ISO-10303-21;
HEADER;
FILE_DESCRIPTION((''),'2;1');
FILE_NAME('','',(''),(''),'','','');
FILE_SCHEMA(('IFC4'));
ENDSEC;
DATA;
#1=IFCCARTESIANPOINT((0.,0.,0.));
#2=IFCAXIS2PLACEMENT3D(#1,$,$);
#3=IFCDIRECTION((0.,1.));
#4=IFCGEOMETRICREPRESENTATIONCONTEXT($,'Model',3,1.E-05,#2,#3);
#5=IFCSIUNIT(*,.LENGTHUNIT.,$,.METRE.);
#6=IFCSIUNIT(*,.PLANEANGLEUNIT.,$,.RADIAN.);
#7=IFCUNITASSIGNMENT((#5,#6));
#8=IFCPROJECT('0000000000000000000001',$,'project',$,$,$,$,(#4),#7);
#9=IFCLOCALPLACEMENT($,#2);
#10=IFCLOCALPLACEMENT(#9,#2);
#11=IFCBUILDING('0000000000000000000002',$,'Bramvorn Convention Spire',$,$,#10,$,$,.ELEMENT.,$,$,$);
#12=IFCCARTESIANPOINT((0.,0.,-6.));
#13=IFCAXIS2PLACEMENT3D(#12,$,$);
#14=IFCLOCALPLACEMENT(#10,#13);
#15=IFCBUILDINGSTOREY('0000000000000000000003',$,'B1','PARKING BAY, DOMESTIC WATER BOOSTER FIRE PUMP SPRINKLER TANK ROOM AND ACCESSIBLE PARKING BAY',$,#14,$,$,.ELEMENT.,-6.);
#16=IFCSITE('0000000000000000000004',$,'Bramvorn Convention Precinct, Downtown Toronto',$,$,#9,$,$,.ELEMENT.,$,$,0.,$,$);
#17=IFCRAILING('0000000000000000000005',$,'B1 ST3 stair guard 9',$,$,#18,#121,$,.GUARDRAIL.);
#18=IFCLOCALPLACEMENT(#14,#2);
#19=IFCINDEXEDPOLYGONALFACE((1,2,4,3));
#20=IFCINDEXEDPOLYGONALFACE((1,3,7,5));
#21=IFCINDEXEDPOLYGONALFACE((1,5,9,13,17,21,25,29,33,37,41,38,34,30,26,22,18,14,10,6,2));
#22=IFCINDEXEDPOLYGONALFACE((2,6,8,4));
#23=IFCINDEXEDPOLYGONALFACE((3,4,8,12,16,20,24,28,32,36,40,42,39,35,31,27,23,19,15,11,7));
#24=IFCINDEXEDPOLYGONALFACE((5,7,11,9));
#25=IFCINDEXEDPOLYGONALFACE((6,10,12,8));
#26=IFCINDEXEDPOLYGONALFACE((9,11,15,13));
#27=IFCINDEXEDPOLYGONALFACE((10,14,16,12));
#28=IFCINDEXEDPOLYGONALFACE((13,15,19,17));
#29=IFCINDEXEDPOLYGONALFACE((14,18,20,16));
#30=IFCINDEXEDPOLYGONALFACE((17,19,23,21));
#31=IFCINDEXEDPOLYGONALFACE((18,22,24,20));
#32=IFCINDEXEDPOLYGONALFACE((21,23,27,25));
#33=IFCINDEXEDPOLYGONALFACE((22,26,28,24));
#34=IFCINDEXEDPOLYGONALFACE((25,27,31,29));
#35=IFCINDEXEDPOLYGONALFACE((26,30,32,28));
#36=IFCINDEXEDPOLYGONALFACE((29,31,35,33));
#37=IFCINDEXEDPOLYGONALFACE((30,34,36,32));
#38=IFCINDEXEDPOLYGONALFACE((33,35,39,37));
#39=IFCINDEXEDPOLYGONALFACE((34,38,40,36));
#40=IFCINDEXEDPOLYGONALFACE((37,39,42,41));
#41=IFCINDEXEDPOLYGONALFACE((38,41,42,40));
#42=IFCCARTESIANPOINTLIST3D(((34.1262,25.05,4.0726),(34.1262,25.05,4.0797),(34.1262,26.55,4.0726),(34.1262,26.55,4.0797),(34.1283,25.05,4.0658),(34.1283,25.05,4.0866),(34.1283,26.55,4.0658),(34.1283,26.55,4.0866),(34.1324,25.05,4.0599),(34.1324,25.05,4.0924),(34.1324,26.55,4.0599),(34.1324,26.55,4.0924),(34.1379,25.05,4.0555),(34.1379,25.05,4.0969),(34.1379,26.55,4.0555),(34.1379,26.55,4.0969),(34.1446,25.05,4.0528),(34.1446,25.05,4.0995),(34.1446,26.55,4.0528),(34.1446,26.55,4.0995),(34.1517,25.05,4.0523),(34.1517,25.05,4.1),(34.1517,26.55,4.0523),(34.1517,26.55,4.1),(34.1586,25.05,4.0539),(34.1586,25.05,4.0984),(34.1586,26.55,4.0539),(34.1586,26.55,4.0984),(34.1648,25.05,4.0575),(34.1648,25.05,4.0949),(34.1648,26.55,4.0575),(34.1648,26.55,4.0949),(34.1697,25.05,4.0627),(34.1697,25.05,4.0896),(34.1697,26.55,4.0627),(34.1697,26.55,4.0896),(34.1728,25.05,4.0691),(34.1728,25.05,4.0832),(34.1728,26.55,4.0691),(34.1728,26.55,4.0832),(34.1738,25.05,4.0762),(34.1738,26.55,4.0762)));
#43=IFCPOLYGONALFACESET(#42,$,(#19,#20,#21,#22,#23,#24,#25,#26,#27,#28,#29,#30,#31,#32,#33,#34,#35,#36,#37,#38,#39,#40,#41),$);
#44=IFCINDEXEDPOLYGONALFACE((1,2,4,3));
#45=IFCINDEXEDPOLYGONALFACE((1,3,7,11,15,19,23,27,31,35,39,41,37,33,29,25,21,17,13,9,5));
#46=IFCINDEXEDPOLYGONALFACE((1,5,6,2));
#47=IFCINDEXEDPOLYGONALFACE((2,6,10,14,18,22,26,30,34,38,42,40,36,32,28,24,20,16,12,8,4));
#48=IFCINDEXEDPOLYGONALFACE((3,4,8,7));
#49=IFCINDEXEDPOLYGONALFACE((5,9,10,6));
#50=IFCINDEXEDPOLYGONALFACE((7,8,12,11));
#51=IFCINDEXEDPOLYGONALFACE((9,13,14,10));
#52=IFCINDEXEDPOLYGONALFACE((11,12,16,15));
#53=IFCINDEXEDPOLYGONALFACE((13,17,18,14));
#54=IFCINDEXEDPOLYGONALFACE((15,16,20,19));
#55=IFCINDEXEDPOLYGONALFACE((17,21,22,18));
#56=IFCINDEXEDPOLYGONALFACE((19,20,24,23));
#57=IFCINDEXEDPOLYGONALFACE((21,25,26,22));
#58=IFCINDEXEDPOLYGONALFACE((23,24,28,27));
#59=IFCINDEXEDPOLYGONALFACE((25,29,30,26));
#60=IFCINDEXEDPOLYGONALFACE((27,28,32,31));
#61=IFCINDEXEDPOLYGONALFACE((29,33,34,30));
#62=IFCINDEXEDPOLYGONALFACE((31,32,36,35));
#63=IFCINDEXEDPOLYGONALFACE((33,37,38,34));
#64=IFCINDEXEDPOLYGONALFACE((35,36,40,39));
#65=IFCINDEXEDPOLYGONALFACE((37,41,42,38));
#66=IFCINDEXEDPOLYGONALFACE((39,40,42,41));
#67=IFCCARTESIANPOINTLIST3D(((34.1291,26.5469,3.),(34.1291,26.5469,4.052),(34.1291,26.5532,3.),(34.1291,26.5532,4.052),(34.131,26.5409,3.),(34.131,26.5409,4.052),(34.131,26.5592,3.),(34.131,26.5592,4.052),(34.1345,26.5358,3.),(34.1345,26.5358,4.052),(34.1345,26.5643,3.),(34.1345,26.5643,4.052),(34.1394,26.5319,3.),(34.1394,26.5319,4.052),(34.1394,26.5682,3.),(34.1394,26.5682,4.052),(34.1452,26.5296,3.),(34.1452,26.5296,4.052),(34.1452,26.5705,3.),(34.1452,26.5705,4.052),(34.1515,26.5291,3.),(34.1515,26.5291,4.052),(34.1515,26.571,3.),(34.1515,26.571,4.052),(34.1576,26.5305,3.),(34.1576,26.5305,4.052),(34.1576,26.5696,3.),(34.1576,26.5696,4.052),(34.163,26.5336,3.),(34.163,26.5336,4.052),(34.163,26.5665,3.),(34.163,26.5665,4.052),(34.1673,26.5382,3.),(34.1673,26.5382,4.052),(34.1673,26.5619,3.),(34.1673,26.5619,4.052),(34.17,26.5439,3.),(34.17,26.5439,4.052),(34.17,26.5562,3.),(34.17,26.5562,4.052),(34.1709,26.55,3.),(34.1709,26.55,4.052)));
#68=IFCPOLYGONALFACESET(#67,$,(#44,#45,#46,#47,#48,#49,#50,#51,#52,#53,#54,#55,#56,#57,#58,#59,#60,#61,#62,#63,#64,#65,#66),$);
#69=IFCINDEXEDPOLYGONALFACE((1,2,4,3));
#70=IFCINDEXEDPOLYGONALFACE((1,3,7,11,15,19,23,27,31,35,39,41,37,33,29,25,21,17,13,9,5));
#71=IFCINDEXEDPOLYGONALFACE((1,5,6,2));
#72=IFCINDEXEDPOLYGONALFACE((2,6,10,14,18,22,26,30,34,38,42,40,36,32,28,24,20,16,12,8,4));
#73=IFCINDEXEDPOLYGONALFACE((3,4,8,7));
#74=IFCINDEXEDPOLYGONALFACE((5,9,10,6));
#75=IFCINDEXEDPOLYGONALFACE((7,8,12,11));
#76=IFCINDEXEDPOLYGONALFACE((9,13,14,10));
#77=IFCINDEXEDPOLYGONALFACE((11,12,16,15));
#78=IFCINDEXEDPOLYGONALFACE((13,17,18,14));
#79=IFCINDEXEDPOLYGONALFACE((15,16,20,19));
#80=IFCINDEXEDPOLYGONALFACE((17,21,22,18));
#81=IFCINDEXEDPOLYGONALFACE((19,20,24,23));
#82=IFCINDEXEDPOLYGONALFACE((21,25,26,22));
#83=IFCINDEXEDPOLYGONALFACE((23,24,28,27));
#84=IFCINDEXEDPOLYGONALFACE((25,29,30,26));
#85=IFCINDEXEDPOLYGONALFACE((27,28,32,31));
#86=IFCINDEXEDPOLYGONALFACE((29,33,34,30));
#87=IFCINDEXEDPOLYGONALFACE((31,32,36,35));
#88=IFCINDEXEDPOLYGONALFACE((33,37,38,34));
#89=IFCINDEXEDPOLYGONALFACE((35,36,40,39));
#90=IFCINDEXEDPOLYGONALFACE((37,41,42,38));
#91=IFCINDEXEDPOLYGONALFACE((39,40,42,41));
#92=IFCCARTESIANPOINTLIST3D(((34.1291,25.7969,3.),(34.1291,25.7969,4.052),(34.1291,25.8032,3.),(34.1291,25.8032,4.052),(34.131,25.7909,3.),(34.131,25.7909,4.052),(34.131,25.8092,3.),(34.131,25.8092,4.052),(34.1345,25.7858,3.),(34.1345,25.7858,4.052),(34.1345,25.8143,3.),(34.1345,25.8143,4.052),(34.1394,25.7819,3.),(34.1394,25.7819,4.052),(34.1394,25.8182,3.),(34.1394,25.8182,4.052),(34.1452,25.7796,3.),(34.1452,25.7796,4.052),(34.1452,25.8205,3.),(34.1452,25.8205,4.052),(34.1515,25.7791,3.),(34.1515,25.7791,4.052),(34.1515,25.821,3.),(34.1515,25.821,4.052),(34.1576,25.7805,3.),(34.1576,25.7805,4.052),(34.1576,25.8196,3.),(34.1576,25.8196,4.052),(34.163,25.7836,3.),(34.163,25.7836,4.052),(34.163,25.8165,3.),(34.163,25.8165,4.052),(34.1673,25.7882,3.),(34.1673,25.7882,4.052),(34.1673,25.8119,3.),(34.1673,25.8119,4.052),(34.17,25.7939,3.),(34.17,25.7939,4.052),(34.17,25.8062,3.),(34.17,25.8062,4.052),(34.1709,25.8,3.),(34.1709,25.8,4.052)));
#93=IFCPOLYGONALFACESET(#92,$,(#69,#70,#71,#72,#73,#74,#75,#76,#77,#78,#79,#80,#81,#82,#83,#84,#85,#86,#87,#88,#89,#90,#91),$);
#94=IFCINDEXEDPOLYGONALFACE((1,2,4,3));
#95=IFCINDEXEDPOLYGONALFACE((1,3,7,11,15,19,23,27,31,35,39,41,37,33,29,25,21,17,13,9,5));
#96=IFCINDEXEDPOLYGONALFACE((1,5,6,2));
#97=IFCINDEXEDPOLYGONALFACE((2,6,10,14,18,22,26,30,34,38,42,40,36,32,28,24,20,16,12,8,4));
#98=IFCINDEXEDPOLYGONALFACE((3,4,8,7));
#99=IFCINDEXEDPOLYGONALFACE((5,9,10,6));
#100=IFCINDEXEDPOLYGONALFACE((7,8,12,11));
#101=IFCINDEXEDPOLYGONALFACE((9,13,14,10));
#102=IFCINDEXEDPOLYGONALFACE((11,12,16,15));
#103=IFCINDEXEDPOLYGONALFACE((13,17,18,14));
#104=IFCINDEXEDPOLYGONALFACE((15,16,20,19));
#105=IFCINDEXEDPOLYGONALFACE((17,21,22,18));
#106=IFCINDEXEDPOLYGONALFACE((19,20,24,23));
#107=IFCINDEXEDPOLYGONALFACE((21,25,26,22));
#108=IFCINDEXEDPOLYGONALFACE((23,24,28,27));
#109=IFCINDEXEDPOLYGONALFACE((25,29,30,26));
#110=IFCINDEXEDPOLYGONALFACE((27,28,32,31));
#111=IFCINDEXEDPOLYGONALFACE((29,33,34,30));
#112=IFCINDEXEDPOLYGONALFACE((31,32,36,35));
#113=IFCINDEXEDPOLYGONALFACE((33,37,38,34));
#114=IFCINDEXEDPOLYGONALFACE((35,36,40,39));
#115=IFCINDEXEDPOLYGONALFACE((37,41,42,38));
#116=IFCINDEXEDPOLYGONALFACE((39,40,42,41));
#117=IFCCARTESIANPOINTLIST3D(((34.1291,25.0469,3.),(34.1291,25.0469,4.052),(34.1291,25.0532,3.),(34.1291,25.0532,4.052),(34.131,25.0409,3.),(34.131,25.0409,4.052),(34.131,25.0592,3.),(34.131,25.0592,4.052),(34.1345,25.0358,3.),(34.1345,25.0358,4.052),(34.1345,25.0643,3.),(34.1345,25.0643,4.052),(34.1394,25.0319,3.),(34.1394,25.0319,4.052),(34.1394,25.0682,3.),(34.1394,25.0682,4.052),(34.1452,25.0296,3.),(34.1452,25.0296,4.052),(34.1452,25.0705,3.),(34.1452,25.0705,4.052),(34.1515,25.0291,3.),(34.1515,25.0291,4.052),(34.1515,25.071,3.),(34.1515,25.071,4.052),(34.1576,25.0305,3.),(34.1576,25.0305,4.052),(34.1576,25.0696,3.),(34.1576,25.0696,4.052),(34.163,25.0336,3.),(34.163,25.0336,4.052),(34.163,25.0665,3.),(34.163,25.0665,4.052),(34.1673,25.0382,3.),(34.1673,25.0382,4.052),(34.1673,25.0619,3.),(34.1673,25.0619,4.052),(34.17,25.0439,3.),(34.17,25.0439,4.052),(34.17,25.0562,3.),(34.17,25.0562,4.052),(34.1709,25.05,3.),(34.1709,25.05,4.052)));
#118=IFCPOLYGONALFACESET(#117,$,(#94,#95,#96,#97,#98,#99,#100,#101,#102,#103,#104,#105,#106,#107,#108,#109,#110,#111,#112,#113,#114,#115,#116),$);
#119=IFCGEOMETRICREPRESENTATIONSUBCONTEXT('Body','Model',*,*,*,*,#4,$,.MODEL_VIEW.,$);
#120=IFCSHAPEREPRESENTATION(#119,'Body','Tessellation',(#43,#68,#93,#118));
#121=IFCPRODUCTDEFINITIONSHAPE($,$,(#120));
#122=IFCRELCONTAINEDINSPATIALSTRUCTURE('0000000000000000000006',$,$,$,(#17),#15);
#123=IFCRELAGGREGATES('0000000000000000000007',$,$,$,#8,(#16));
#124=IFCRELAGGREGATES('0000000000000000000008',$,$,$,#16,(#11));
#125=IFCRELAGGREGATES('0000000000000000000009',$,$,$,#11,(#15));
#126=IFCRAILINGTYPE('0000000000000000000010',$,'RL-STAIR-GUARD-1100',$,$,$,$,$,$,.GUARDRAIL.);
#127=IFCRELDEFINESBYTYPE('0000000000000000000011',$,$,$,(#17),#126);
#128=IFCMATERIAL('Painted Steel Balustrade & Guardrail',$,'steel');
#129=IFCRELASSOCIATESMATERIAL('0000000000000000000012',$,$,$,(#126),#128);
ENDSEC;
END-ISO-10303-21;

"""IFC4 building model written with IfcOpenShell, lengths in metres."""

from ifc_helpers import new_model, si_unit, direction, frame, origin, origin_2d, place, context, subcontext, project, spatial, circle, extrude, material, type_object, element, save


model = new_model("IFC4")

# Units and contexts
model_context = context("Model", 3, precision=1e-05, world=origin(), true_north=direction((0.0, 1.0)))
body_context = subcontext(model_context, "Body", "Model", "MODEL_VIEW")
ifc_project = project(units=[si_unit("LENGTHUNIT", "METRE"), si_unit("PLANEANGLEUNIT", "RADIAN")], contexts=[model_context])

# Site, building, storey
site_placement = place(None, origin())
site = spatial("IfcSite", under=ifc_project, at=site_placement, Name="Bramvorn Convention Precinct, Downtown Toronto", CompositionType="ELEMENT", RefElevation=0.0)
building_placement = place(site_placement, origin())
building = spatial("IfcBuilding", under=site, at=building_placement, Name="Bramvorn Convention Spire", CompositionType="ELEMENT")
storey_placement = place(building_placement, frame((0.0, 0.0, -6.0)))
storey = spatial("IfcBuildingStorey", under=building, at=storey_placement, Name="B1", Description="PARKING BAY, DOMESTIC WATER BOOSTER FIRE PUMP SPRINKLER TANK ROOM AND ACCESSIBLE PARKING BAY", CompositionType="ELEMENT", Elevation=-6.0)

# Railing
ifc_material_1 = material(Name="Painted Steel Balustrade & Guardrail", Category="steel")
railing_type_1 = type_object("IfcRailingType", Name="RL-STAIR-GUARD-1100", PredefinedType="GUARDRAIL", material=ifc_material_1)
railing_1_placement = place(storey_placement, frame((34.1499, 26.55, 3.0)))
element("IfcRailing", 1, at=railing_1_placement, inside=storey, type_object=railing_type_1, Name="B1 ST3 stair guard 9", PredefinedType="GUARDRAIL", context=body_context, shape_type="SweptSolid", body=[
    extrude(circle(Radius=0.0239, at=origin_2d()), frame((0.0, 0.0, 1.0762), z_axis=(0.0, -1.0, 0.0), x_axis=(1.0, 0.0, 0.0)), (0.0, 0.0, 1.0), 1.5),
    extrude(circle(Radius=0.021, at=origin_2d()), origin(), (0.0, 0.0, 1.0), 1.052),
    extrude(circle(Radius=0.021, at=origin_2d()), frame((0.0, -0.75, 0.0)), (0.0, 0.0, 1.0), 1.052),
    extrude(circle(Radius=0.021, at=origin_2d()), frame((0.0, -1.5, 0.0)), (0.0, 0.0, 1.0), 1.052),
])

save(model, "model.ifc")
